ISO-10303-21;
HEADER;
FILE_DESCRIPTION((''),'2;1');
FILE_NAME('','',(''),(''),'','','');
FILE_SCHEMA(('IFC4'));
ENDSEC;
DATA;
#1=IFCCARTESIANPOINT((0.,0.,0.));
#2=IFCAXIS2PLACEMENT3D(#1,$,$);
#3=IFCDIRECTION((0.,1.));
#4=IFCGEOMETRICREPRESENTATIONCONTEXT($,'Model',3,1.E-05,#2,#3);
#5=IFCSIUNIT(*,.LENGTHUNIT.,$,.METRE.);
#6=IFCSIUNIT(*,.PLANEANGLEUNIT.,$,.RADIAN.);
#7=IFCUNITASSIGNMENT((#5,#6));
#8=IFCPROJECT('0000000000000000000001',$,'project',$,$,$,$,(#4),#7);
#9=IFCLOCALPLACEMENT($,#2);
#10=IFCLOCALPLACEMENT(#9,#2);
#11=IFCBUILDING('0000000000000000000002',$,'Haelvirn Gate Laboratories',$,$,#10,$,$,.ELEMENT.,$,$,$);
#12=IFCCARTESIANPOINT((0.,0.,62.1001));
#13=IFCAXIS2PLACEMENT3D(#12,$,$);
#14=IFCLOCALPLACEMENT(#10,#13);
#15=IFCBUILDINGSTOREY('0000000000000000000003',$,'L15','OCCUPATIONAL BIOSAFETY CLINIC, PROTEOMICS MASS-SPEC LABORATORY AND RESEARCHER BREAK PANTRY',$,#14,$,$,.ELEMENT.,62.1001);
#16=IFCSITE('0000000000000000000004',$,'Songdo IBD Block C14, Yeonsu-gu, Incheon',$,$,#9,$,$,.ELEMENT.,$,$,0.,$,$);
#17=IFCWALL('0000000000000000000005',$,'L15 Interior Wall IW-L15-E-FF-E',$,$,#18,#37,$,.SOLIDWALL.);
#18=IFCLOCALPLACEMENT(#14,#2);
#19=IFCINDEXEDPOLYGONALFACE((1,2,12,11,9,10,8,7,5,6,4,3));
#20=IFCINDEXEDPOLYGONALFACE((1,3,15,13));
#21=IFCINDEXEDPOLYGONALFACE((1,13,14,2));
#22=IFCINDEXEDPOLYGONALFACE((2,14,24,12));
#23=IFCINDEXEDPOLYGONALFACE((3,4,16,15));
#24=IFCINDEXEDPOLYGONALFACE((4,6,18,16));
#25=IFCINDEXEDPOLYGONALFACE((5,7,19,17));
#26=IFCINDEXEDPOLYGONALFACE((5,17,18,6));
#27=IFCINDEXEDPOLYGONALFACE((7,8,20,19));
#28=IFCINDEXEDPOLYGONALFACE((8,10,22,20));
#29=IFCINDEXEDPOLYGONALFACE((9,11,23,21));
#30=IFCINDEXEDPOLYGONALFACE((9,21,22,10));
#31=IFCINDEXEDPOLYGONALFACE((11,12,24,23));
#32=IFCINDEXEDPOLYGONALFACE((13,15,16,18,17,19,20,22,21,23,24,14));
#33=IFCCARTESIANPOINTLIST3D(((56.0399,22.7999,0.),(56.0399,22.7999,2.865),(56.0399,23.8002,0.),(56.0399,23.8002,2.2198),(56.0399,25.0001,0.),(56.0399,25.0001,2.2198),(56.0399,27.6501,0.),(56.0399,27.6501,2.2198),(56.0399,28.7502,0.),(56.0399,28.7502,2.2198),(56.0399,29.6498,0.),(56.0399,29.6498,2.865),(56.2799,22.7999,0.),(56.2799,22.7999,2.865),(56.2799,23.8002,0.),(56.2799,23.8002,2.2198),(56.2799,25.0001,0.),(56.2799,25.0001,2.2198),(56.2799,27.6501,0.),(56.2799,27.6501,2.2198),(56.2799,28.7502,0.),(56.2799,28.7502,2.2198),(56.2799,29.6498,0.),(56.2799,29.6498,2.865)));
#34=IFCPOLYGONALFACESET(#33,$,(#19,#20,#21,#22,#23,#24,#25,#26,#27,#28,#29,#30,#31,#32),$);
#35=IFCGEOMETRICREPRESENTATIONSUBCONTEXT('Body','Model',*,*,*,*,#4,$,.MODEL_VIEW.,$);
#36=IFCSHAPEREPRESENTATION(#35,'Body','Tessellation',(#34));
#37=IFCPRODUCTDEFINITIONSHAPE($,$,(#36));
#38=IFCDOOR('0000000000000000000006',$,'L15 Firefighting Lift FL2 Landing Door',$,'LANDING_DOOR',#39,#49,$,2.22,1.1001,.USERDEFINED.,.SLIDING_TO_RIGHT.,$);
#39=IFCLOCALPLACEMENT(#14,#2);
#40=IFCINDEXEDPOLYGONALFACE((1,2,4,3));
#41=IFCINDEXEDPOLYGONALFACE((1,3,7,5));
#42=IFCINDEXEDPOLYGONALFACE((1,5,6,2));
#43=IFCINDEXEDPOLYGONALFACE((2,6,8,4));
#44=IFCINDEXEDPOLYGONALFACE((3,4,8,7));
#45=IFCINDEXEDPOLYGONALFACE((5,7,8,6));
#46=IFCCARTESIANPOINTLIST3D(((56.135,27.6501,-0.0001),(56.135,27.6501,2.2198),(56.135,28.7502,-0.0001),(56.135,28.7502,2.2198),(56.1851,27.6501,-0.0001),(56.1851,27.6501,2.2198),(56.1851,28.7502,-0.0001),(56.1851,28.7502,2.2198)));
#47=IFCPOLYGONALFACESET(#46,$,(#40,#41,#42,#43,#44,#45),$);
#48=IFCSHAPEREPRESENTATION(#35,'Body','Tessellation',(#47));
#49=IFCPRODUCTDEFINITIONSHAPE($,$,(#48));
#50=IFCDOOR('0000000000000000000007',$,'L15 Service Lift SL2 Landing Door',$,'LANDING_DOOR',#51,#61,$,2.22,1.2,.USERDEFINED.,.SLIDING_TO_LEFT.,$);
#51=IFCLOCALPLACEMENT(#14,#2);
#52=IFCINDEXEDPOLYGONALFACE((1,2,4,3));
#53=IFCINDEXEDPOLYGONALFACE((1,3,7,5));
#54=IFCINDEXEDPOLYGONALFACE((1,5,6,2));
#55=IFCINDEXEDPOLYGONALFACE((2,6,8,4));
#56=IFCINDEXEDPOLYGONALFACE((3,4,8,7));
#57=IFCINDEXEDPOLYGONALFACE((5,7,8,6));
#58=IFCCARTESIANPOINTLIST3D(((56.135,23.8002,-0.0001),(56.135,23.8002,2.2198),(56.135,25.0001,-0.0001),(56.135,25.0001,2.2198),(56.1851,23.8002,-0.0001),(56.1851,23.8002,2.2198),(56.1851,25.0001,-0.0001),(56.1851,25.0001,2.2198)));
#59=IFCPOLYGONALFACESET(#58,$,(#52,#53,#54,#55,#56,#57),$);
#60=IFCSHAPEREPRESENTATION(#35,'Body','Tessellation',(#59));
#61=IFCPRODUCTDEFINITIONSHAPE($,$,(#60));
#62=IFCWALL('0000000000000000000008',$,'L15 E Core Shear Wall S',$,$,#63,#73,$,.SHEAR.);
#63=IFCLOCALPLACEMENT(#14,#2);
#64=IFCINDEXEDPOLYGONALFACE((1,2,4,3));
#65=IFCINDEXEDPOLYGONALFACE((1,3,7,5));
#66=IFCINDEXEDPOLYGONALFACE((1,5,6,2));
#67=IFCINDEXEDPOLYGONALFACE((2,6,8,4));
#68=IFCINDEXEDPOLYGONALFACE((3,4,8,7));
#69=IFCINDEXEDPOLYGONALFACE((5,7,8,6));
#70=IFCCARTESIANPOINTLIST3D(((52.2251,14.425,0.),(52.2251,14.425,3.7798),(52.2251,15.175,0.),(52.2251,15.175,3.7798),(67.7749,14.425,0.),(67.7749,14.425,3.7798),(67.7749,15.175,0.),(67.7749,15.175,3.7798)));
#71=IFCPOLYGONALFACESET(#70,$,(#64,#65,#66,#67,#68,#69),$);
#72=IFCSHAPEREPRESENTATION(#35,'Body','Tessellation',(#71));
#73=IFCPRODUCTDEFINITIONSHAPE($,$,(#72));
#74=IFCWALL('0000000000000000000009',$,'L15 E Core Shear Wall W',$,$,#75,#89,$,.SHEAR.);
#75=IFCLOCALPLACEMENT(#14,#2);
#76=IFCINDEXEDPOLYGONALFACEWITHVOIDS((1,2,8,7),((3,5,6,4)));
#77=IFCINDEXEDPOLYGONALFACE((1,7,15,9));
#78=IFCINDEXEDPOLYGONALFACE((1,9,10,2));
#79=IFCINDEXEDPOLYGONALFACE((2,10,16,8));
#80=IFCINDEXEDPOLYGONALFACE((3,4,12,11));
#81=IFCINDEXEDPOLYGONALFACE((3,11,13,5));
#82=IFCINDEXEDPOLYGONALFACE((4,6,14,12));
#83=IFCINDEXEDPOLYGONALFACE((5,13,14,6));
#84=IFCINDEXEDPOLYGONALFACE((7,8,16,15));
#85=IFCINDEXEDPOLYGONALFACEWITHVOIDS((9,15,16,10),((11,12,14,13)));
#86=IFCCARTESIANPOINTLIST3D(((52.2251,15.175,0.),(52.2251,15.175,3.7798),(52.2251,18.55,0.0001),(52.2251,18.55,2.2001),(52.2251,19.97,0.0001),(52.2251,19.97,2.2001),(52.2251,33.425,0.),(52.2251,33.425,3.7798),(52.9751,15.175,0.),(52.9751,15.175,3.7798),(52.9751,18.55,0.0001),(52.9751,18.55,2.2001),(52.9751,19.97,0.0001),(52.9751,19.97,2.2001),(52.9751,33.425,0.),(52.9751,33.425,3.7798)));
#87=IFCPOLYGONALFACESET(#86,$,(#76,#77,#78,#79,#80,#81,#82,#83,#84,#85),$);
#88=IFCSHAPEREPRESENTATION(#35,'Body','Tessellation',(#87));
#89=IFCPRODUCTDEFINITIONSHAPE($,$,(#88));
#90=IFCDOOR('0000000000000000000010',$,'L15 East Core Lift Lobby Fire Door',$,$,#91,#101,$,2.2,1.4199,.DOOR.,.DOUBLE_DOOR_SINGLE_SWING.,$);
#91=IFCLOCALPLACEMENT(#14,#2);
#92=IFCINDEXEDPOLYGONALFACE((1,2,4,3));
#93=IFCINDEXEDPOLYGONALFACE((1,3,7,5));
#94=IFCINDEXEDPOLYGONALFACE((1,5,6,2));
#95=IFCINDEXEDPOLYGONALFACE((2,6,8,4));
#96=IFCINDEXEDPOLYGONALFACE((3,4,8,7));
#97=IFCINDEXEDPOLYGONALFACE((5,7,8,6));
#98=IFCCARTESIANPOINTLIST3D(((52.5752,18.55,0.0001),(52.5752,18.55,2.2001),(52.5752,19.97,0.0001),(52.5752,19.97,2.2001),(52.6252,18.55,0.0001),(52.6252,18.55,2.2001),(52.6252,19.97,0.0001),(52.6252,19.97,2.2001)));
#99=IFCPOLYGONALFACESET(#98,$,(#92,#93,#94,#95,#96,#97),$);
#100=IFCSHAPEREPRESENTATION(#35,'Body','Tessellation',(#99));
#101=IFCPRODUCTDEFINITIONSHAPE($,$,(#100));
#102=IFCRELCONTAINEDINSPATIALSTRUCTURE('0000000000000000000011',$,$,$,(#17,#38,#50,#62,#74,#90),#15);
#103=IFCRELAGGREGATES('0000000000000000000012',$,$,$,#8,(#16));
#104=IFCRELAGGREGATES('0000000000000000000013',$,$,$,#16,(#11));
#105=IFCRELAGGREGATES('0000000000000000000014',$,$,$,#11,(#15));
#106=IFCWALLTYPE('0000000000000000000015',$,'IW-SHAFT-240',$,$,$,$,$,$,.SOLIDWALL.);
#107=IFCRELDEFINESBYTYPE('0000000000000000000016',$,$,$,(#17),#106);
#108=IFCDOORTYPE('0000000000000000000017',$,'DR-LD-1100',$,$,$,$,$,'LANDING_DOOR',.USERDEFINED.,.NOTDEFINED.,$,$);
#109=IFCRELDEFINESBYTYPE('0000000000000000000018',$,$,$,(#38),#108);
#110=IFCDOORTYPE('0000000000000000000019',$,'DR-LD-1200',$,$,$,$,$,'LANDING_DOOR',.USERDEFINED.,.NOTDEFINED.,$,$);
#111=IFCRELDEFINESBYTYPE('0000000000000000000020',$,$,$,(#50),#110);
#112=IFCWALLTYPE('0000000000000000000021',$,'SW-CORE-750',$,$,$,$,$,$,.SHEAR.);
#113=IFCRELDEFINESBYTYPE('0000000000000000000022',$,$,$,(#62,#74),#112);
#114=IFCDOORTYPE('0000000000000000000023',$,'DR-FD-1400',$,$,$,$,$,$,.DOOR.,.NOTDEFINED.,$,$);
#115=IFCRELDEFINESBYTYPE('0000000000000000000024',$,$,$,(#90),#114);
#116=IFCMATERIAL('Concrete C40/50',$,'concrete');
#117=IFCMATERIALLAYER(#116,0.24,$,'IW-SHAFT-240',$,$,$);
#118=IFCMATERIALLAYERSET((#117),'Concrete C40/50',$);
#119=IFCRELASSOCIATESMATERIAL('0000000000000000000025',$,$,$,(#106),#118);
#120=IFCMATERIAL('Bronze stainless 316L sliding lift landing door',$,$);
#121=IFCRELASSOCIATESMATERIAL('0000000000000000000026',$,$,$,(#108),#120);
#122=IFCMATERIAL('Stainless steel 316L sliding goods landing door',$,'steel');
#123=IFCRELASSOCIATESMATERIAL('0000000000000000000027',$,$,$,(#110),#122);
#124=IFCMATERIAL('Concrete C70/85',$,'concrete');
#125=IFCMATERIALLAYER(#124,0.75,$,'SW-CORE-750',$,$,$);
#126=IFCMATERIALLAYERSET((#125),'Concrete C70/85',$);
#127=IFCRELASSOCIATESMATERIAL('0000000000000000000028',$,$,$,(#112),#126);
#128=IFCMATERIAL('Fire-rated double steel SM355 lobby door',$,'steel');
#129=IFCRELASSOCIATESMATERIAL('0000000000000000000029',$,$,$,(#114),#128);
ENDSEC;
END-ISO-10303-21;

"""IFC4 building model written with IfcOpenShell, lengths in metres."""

from ifc_helpers import new_model, si_unit, direction, frame, frame_2d, origin, place, context, subcontext, project, spatial, rectangle, extrude, source, transform, mapped, material, layer, layer_set, type_object, type_shapes, element, fill, save


model = new_model("IFC4")

# Units and contexts
model_context = context("Model", 3, precision=1e-05, world=origin(), true_north=direction((0.0, 1.0)))
body_context = subcontext(model_context, "Body", "Model", "MODEL_VIEW")
ifc_project = project(units=[si_unit("LENGTHUNIT", "METRE"), si_unit("PLANEANGLEUNIT", "RADIAN")], contexts=[model_context])

# Site, building, storey
site_placement = place(None, origin())
site = spatial("IfcSite", under=ifc_project, at=site_placement, Name="Songdo IBD Block C14, Yeonsu-gu, Incheon", CompositionType="ELEMENT", RefElevation=0.0)
building_placement = place(site_placement, origin())
building = spatial("IfcBuilding", under=site, at=building_placement, Name="Haelvirn Gate Laboratories", CompositionType="ELEMENT")
storey_placement = place(building_placement, frame((0.0, 0.0, 62.1001)))
storey = spatial("IfcBuildingStorey", under=building, at=storey_placement, Name="L15", Description="OCCUPATIONAL BIOSAFETY CLINIC, PROTEOMICS MASS-SPEC LABORATORY AND RESEARCHER BREAK PANTRY", CompositionType="ELEMENT", Elevation=62.1001)

# Shared definitions
ifc_material_1 = material(Name="Concrete C70/85", Category="concrete")

# Shared definitions
ifc_material_2 = material(Name="Concrete C40/50", Category="concrete")

# Wall, openings, doors
ifc_layer_1 = layer(ifc_material_2, 0.24, Name="IW-SHAFT-240")
ifc_layer_set_1 = layer_set([ifc_layer_1], Name="Concrete C40/50")
wall_type_1 = type_object("IfcWallType", Name="IW-SHAFT-240", PredefinedType="SOLIDWALL", material=ifc_layer_set_1)
wall_1_placement = place(storey_placement, frame((56.1599, 22.8, 0.0), z_axis=(0.0, 0.0, 1.0), x_axis=(0.0, 1.0, 0.0)))
wall_1 = element("IfcWall", 1, at=wall_1_placement, inside=storey, type_object=wall_type_1, Name="L15 Interior Wall IW-L15-E-FF-E", PredefinedType="SOLIDWALL", context=body_context, shape_type="SweptSolid", body=[
    extrude(rectangle(XDim=6.8499, YDim=0.24, at=frame_2d((3.4248, 0.0))), origin(), (0.0, 0.0, 1.0), 2.865),
])
opening_1_placement = place(wall_1_placement, frame((4.8501, 0.0, 0.0)))
opening_1 = element("IfcOpeningElement", 2, at=opening_1_placement, cuts=wall_1, PredefinedType="OPENING", context=body_context, shape_type="SweptSolid", body=[
    extrude(rectangle(XDim=1.1001, YDim=2.22, at=frame_2d((0.55, 1.1099))), frame((0.0, 0.1299, 0.0), z_axis=(0.0, -1.0, 0.0), x_axis=(1.0, 0.0, 0.0)), (0.0, 0.0, 1.0), 0.26),
])
opening_2_placement = place(wall_1_placement, frame((1.0, 0.0, 0.0)))
opening_2 = element("IfcOpeningElement", 3, at=opening_2_placement, cuts=wall_1, PredefinedType="OPENING", context=body_context, shape_type="SweptSolid", body=[
    extrude(rectangle(XDim=1.2, YDim=2.22, at=frame_2d((0.6001, 1.1099))), frame((0.0, 0.1299, 0.0), z_axis=(0.0, -1.0, 0.0), x_axis=(1.0, 0.0, 0.0)), (0.0, 0.0, 1.0), 0.26),
])
ifc_material_3 = material(Name="Bronze stainless 316L sliding lift landing door")
door_type_1 = type_object("IfcDoorType", Name="DR-LD-1100", ElementType="LANDING_DOOR", OperationType="NOTDEFINED", PredefinedType="USERDEFINED", material=ifc_material_3)
shared_shape_1 = source(origin(), body_context, "Body", "SweptSolid", [
    extrude(rectangle(XDim=1.1001, YDim=2.22, at=frame_2d((0.55, 1.1099))), frame((0.0, 0.0249, 0.0), z_axis=(0.0, -1.0, 0.0), x_axis=(1.0, 0.0, 0.0)), (0.0, 0.0, 1.0), 0.05),
])
type_shapes(door_type_1, [shared_shape_1])
door_1_placement = place(opening_1_placement, origin())
door_1 = element("IfcDoor", 4, at=door_1_placement, inside=storey, type_object=door_type_1, Name="L15 Firefighting Lift FL2 Landing Door", ObjectType="LANDING_DOOR", OperationType="SLIDING_TO_RIGHT", OverallHeight=2.22, OverallWidth=1.1001, PredefinedType="USERDEFINED", context=body_context, shape_type="MappedRepresentation", body=[
    mapped(shared_shape_1, transform((0.0, 0.0, 0.0), scale=1.0)),
])
fill(opening_1, door_1)
ifc_material_4 = material(Name="Stainless steel 316L sliding goods landing door", Category="steel")
door_type_2 = type_object("IfcDoorType", Name="DR-LD-1200", ElementType="LANDING_DOOR", OperationType="NOTDEFINED", PredefinedType="USERDEFINED", material=ifc_material_4)
shared_shape_2 = source(origin(), body_context, "Body", "SweptSolid", [
    extrude(rectangle(XDim=1.2, YDim=2.22, at=frame_2d((0.6001, 1.1099))), frame((0.0, 0.0249, 0.0), z_axis=(0.0, -1.0, 0.0), x_axis=(1.0, 0.0, 0.0)), (0.0, 0.0, 1.0), 0.05),
])
type_shapes(door_type_2, [shared_shape_2])
door_2_placement = place(opening_2_placement, origin())
door_2 = element("IfcDoor", 5, at=door_2_placement, inside=storey, type_object=door_type_2, Name="L15 Service Lift SL2 Landing Door", ObjectType="LANDING_DOOR", OperationType="SLIDING_TO_LEFT", OverallHeight=2.22, OverallWidth=1.2, PredefinedType="USERDEFINED", context=body_context, shape_type="MappedRepresentation", body=[
    mapped(shared_shape_2, transform((0.0, 0.0, 0.0), scale=1.0)),
])
fill(opening_2, door_2)

# Wall
ifc_layer_2 = layer(ifc_material_1, 0.75, Name="SW-CORE-750")
ifc_layer_set_2 = layer_set([ifc_layer_2], Name="Concrete C70/85")
wall_type_2 = type_object("IfcWallType", Name="SW-CORE-750", PredefinedType="SHEAR", material=ifc_layer_set_2)
wall_2_placement = place(storey_placement, frame((52.2251, 14.8, 0.0), z_axis=(0.0, 0.0, 1.0), x_axis=(1.0, 0.0, 0.0)))
element("IfcWall", 6, at=wall_2_placement, inside=storey, type_object=wall_type_2, Name="L15 E Core Shear Wall S", PredefinedType="SHEAR", context=body_context, shape_type="SweptSolid", body=[
    extrude(rectangle(XDim=15.5498, YDim=0.75, at=frame_2d((7.7749, 0.0))), origin(), (0.0, 0.0, 1.0), 3.7798),
])

# Wall, opening, door
wall_3_placement = place(storey_placement, frame((52.6001, 15.175, 0.0), z_axis=(0.0, 0.0, 1.0), x_axis=(0.0, 1.0, 0.0)))
wall_3 = element("IfcWall", 7, at=wall_3_placement, inside=storey, type_object=wall_type_2, Name="L15 E Core Shear Wall W", PredefinedType="SHEAR", context=body_context, shape_type="SweptSolid", body=[
    extrude(rectangle(XDim=18.25, YDim=0.75, at=frame_2d((9.125, 0.0))), origin(), (0.0, 0.0, 1.0), 3.7798),
])
opening_3_placement = place(wall_3_placement, frame((3.375, 0.0, 0.0)))
opening_3 = element("IfcOpeningElement", 8, at=opening_3_placement, cuts=wall_3, PredefinedType="OPENING", context=body_context, shape_type="SweptSolid", body=[
    extrude(rectangle(XDim=1.4199, YDim=2.2, at=frame_2d((0.71, 1.1001))), frame((0.0, 0.385, 0.0), z_axis=(0.0, -1.0, 0.0), x_axis=(1.0, 0.0, 0.0)), (0.0, 0.0, 1.0), 0.77),
])
ifc_material_5 = material(Name="Fire-rated double steel SM355 lobby door", Category="steel")
door_type_3 = type_object("IfcDoorType", Name="DR-FD-1400", OperationType="NOTDEFINED", PredefinedType="DOOR", material=ifc_material_5)
shared_shape_3 = source(origin(), body_context, "Body", "SweptSolid", [
    extrude(rectangle(XDim=1.4199, YDim=2.2, at=frame_2d((0.71, 1.1001))), frame((0.0, 0.0249, 0.0), z_axis=(0.0, -1.0, 0.0), x_axis=(1.0, 0.0, 0.0)), (0.0, 0.0, 1.0), 0.05),
])
type_shapes(door_type_3, [shared_shape_3])
door_3_placement = place(opening_3_placement, origin())
door_3 = element("IfcDoor", 9, at=door_3_placement, inside=storey, type_object=door_type_3, Name="L15 East Core Lift Lobby Fire Door", OperationType="DOUBLE_DOOR_SINGLE_SWING", OverallHeight=2.2, OverallWidth=1.4199, PredefinedType="DOOR", context=body_context, shape_type="MappedRepresentation", body=[
    mapped(shared_shape_3, transform((0.0, 0.0, 0.0), scale=1.0)),
])
fill(opening_3, door_3)

save(model, "model.ifc")
